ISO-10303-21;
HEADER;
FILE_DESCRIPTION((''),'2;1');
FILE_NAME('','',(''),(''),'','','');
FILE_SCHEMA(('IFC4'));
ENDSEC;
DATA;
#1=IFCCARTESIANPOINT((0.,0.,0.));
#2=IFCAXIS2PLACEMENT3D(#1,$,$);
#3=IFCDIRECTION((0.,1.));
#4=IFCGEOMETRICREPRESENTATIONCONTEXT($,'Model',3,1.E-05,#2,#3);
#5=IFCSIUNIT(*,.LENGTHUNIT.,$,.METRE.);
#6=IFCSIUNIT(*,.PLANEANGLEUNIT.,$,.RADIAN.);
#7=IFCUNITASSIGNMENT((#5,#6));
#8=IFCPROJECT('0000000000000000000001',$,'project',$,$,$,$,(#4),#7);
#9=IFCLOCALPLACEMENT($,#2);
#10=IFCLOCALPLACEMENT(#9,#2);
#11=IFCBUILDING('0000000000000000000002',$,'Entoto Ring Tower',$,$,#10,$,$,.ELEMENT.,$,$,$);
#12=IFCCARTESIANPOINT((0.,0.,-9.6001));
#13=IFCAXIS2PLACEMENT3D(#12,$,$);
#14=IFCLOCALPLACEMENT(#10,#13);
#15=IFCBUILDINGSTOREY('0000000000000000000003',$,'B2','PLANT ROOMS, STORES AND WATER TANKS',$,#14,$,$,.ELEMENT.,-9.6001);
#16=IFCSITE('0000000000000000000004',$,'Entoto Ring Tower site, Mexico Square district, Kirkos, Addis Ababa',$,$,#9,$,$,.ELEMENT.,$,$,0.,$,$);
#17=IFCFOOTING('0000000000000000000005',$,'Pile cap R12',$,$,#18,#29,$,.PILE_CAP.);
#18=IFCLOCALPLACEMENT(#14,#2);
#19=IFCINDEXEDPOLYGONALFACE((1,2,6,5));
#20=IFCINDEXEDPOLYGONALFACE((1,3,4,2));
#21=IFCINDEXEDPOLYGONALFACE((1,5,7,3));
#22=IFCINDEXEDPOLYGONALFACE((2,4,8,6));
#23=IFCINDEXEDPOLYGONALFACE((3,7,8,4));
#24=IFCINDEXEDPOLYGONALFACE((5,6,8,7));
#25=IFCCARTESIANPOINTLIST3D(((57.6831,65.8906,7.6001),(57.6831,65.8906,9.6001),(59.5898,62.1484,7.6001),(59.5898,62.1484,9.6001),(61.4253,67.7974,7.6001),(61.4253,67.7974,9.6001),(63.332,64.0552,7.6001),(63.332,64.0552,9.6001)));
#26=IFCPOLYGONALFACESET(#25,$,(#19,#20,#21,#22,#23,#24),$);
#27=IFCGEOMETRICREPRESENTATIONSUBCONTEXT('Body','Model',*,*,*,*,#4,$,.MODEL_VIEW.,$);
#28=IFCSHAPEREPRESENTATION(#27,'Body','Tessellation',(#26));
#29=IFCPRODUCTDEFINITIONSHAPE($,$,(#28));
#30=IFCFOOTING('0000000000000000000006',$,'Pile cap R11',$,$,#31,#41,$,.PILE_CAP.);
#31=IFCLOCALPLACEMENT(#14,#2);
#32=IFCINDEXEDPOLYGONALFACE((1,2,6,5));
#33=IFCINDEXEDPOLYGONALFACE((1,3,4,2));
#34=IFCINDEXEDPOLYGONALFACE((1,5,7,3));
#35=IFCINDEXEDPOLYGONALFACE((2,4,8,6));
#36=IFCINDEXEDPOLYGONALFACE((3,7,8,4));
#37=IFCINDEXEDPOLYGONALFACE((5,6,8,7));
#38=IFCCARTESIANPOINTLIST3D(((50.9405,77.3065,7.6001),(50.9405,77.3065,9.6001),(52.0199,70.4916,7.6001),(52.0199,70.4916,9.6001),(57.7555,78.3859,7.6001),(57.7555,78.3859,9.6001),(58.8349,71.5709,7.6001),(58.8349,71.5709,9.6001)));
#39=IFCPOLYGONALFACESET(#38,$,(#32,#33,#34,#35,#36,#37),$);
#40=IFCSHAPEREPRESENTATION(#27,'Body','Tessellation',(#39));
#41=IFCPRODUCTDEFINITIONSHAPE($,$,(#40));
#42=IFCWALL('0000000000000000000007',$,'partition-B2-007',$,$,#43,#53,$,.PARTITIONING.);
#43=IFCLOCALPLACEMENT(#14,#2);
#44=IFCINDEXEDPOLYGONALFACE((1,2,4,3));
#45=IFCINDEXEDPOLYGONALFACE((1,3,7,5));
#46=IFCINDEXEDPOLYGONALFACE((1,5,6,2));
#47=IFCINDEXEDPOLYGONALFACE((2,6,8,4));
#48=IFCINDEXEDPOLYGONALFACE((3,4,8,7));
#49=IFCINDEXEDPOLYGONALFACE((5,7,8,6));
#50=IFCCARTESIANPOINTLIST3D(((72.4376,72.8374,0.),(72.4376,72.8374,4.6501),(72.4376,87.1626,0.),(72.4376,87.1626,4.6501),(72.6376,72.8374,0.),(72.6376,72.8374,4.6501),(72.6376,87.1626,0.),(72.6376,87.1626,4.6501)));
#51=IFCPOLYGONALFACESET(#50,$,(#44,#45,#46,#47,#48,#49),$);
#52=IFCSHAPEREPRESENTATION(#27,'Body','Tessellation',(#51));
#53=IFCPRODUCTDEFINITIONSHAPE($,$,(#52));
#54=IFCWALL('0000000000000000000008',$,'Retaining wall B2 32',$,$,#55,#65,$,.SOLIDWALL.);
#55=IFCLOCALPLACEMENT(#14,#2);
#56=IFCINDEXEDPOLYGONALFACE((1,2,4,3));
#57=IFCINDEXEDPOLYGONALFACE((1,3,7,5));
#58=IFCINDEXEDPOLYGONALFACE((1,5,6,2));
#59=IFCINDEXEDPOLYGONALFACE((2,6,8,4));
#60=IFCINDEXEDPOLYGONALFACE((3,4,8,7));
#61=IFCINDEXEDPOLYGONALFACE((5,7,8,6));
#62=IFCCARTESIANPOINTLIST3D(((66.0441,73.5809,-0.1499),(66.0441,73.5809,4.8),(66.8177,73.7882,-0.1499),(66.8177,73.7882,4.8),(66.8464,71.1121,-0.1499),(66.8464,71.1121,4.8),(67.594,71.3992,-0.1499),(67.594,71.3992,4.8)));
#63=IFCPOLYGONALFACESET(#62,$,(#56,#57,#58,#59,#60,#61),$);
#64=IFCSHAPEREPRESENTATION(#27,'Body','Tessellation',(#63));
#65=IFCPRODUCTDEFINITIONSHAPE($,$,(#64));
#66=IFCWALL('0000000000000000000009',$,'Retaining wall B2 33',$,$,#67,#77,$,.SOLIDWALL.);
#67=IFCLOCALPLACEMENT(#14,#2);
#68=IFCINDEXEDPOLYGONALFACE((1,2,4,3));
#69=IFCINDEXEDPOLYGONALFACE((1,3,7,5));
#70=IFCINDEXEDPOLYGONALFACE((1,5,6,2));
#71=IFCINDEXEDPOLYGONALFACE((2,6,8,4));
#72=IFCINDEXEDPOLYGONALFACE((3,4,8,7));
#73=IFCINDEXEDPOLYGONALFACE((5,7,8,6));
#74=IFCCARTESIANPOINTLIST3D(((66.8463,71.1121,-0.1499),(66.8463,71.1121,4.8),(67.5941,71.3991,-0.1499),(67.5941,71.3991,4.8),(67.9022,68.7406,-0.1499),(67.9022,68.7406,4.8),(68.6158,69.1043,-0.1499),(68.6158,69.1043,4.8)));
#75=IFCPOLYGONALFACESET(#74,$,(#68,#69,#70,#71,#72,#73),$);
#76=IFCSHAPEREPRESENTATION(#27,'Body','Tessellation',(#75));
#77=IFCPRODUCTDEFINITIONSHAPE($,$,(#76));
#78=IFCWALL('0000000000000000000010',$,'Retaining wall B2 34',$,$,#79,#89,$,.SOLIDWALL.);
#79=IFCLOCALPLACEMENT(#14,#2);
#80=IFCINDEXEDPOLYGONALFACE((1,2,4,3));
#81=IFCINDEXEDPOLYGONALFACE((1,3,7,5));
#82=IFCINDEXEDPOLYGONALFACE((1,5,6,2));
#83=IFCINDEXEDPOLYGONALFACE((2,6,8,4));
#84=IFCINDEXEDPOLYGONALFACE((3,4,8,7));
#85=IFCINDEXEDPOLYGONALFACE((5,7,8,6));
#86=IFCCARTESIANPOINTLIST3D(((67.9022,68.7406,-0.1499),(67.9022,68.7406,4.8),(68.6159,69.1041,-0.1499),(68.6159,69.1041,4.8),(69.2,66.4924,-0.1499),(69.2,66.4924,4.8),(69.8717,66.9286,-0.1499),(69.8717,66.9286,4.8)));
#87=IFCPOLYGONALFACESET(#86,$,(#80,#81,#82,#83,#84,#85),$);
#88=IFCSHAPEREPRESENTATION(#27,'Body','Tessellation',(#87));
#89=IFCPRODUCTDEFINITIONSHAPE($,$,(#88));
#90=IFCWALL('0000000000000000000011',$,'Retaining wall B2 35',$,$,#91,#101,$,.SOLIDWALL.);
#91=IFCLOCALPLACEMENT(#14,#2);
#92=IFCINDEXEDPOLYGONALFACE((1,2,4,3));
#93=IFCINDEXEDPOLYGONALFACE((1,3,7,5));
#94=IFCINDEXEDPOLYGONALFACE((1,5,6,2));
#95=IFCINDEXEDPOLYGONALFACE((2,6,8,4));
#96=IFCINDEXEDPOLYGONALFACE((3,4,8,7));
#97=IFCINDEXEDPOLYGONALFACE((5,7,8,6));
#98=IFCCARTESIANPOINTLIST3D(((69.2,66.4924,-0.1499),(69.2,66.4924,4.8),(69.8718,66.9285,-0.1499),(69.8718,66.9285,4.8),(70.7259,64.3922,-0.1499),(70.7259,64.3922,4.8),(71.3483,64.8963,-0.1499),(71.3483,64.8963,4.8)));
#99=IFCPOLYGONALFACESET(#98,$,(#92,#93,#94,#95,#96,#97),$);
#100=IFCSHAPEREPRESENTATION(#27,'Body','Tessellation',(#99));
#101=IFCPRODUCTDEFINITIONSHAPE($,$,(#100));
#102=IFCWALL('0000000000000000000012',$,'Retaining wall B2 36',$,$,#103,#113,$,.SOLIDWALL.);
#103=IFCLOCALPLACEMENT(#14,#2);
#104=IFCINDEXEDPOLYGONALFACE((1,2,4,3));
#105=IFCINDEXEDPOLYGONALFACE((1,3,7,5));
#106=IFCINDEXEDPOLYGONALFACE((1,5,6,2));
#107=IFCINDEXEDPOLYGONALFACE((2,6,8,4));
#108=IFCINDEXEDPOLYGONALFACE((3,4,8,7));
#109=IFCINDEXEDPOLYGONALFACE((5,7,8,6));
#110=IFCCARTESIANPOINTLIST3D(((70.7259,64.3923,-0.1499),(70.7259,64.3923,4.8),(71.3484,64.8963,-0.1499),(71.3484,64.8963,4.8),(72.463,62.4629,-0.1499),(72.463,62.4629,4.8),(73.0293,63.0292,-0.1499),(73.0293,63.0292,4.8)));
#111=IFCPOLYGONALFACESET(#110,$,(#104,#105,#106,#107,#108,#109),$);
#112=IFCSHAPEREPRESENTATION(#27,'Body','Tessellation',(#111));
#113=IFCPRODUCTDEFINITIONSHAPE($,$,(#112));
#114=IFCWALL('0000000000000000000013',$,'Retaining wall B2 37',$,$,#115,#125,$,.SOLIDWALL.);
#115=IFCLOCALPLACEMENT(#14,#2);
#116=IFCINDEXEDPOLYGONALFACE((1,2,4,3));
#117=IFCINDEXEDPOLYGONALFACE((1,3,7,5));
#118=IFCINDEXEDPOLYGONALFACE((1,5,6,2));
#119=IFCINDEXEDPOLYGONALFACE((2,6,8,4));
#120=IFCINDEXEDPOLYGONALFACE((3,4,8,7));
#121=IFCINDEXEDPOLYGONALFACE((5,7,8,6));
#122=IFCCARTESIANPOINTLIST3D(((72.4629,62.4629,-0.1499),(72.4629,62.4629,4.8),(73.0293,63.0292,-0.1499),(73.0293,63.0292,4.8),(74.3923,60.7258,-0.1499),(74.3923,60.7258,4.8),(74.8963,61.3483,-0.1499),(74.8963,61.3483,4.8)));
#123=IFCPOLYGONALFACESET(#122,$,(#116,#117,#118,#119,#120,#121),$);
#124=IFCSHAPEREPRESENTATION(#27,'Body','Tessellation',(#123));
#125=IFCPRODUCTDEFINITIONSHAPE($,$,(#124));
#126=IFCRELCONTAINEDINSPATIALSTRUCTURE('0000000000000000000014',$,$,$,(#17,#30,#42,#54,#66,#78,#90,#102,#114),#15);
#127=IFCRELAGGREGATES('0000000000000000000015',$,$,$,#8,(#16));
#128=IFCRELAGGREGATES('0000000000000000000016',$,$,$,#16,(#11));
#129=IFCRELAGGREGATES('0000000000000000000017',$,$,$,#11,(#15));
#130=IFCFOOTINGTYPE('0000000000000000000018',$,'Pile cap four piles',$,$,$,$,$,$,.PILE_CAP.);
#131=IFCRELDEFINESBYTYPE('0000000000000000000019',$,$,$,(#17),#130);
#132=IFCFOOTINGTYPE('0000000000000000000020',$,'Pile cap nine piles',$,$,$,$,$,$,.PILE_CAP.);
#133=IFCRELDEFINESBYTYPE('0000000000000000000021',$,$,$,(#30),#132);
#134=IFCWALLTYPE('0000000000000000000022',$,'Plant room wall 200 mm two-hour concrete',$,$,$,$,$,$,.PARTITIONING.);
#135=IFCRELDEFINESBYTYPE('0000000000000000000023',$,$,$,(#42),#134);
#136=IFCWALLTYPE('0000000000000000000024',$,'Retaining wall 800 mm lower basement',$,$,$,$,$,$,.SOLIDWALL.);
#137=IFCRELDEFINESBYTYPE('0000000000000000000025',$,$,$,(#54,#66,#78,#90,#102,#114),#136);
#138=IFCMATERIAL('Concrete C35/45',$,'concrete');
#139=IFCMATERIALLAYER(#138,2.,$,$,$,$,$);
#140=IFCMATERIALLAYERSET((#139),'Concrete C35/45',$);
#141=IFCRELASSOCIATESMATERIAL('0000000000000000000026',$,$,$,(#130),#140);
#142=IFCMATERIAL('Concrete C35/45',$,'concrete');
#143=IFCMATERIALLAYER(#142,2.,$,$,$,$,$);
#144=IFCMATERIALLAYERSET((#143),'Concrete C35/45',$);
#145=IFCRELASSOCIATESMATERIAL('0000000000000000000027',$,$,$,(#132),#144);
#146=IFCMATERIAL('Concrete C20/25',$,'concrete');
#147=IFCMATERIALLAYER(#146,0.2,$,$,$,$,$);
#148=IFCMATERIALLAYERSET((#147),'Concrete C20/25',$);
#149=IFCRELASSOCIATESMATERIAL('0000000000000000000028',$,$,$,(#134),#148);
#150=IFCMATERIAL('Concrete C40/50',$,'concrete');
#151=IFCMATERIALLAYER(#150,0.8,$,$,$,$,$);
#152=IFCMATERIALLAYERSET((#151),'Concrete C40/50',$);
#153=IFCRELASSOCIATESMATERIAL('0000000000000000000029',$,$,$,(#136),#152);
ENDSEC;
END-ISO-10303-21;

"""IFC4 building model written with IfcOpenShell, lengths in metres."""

from ifc_helpers import new_model, si_unit, direction, frame, frame_2d, origin, origin_2d, place, context, subcontext, project, spatial, polyline, rectangle, outline, extrude, material, layer, layer_set, type_object, element, save


model = new_model("IFC4")

# Units and contexts
model_context = context("Model", 3, precision=1e-05, world=origin(), true_north=direction((0.0, 1.0)))
body_context = subcontext(model_context, "Body", "Model", "MODEL_VIEW")
ifc_project = project(units=[si_unit("LENGTHUNIT", "METRE"), si_unit("PLANEANGLEUNIT", "RADIAN")], contexts=[model_context])

# Site, building, storey
site_placement = place(None, origin())
site = spatial("IfcSite", under=ifc_project, at=site_placement, Name="Entoto Ring Tower site, Mexico Square district, Kirkos, Addis Ababa", CompositionType="ELEMENT", RefElevation=0.0)
building_placement = place(site_placement, origin())
building = spatial("IfcBuilding", under=site, at=building_placement, Name="Entoto Ring Tower", CompositionType="ELEMENT")
storey_placement = place(building_placement, frame((0.0, 0.0, -9.6001)))
storey = spatial("IfcBuildingStorey", under=building, at=storey_placement, Name="B2", Description="PLANT ROOMS, STORES AND WATER TANKS", CompositionType="ELEMENT", Elevation=-9.6001)

# Footings
ifc_material_1 = material(Name="Concrete C35/45", Category="concrete")
ifc_layer_1 = layer(ifc_material_1, 2.0)
ifc_layer_set_1 = layer_set([ifc_layer_1], Name="Concrete C35/45")
footing_type_1 = type_object("IfcFootingType", Name="Pile cap four piles", PredefinedType="PILE_CAP", material=ifc_layer_set_1)
footing_1_placement = place(storey_placement, frame((60.5076, 64.9729, 7.6001), z_axis=(0.0, 0.0, 1.0), x_axis=(-0.891007, -0.45399, 0.0)))
element("IfcFooting", 1, at=footing_1_placement, inside=storey, type_object=footing_type_1, Name="Pile cap R12", PredefinedType="PILE_CAP", context=body_context, shape_type="SweptSolid", body=[
    extrude(rectangle(XDim=4.2, YDim=4.2, at=origin_2d()), origin(), (0.0, 0.0, 1.0), 2.0),
])
ifc_material_2 = material(Name="Concrete C35/45", Category="concrete")
ifc_layer_2 = layer(ifc_material_2, 2.0)
ifc_layer_set_2 = layer_set([ifc_layer_2], Name="Concrete C35/45")
footing_type_2 = type_object("IfcFootingType", Name="Pile cap nine piles", PredefinedType="PILE_CAP", material=ifc_layer_set_2)
footing_2_placement = place(storey_placement, frame((54.8877, 74.4387, 7.6001), z_axis=(0.0, 0.0, 1.0), x_axis=(-0.987688, -0.156434, 0.0)))
element("IfcFooting", 2, at=footing_2_placement, inside=storey, type_object=footing_type_2, Name="Pile cap R11", PredefinedType="PILE_CAP", context=body_context, shape_type="SweptSolid", body=[
    extrude(rectangle(XDim=6.8999, YDim=6.8999, at=origin_2d()), origin(), (0.0, 0.0, 1.0), 2.0),
])

# Walls
ifc_material_3 = material(Name="Concrete C20/25", Category="concrete")
ifc_layer_3 = layer(ifc_material_3, 0.2)
ifc_layer_set_3 = layer_set([ifc_layer_3], Name="Concrete C20/25")
wall_type_1 = type_object("IfcWallType", Name="Plant room wall 200 mm two-hour concrete", PredefinedType="PARTITIONING", material=ifc_layer_set_3)
wall_placement = place(storey_placement, frame((72.5376, 72.8374, 0.0), z_axis=(0.0, 0.0, 1.0), x_axis=(0.0, 1.0, 0.0)))
element("IfcWall", 3, at=wall_placement, inside=storey, type_object=wall_type_1, Name="partition-B2-007", PredefinedType="PARTITIONING", context=body_context, shape_type="SweptSolid", body=[
    extrude(rectangle(XDim=14.3252, YDim=0.2, at=frame_2d((7.1626, 0.0))), origin(), (0.0, 0.0, 1.0), 4.6501),
])
ifc_material_4 = material(Name="Concrete C40/50", Category="concrete")
ifc_layer_4 = layer(ifc_material_4, 0.8)
ifc_layer_set_4 = layer_set([ifc_layer_4], Name="Concrete C40/50")
wall_type_2 = type_object("IfcWallType", Name="Retaining wall 800 mm lower basement", PredefinedType="SOLIDWALL", material=ifc_layer_set_4)
for number, where, z_axis, x_axis, name in (
    (4, (66.4309, 73.6846, -0.1499), (0.0, 0.0, 1.0), (0.309049, -0.951046, 0.0), "Retaining wall B2 32"),
    (5, (67.2202, 71.2556, -0.1499), (0.0, 0.0, 1.0), (0.406733, -0.913547, 0.0), "Retaining wall B2 33"),
    (6, (68.259, 68.9224, -0.1499), (0.0, 0.0, 1.0), (0.499943, -0.866058, 0.0), "Retaining wall B2 34"),
    (7, (69.5359, 66.7104, -0.1499), (0.0, 0.0, 1.0), (0.587802, -0.809005, 0.0), "Retaining wall B2 35"),
):
    element("IfcWall", number, at=place(storey_placement, frame(where, z_axis=z_axis, x_axis=x_axis)), inside=storey, type_object=wall_type_2, Name=name, PredefinedType="SOLIDWALL", context=body_context, shape_type="SweptSolid", body=[
        extrude(outline(polyline([(-0.021, -0.3999), (2.575, -0.3999), (2.533, 0.3999), (0.021, 0.3999), (-0.021, -0.3999)])), origin(), (0.0, 0.0, 1.0), 4.95),
    ])
for number, where, z_axis, x_axis, name in (
    (8, (71.0371, 64.6443, -0.1499), (0.0, 0.0, 1.0), (0.669097, -0.743175, 0.0), "Retaining wall B2 36"),
    (9, (72.7461, 62.7461, -0.1499), (0.0, 0.0, 1.0), (0.743175, -0.669097, 0.0), "Retaining wall B2 37"),
):
    element("IfcWall", number, at=place(storey_placement, frame(where, z_axis=z_axis, x_axis=x_axis)), inside=storey, type_object=wall_type_2, Name=name, PredefinedType="SOLIDWALL", context=body_context, shape_type="SweptSolid", body=[
        extrude(outline(polyline([(-0.021, -0.3999), (2.5752, -0.3999), (2.5332, 0.3999), (0.021, 0.3999), (-0.021, -0.3999)])), origin(), (0.0, 0.0, 1.0), 4.95),
    ])

save(model, "model.ifc")
